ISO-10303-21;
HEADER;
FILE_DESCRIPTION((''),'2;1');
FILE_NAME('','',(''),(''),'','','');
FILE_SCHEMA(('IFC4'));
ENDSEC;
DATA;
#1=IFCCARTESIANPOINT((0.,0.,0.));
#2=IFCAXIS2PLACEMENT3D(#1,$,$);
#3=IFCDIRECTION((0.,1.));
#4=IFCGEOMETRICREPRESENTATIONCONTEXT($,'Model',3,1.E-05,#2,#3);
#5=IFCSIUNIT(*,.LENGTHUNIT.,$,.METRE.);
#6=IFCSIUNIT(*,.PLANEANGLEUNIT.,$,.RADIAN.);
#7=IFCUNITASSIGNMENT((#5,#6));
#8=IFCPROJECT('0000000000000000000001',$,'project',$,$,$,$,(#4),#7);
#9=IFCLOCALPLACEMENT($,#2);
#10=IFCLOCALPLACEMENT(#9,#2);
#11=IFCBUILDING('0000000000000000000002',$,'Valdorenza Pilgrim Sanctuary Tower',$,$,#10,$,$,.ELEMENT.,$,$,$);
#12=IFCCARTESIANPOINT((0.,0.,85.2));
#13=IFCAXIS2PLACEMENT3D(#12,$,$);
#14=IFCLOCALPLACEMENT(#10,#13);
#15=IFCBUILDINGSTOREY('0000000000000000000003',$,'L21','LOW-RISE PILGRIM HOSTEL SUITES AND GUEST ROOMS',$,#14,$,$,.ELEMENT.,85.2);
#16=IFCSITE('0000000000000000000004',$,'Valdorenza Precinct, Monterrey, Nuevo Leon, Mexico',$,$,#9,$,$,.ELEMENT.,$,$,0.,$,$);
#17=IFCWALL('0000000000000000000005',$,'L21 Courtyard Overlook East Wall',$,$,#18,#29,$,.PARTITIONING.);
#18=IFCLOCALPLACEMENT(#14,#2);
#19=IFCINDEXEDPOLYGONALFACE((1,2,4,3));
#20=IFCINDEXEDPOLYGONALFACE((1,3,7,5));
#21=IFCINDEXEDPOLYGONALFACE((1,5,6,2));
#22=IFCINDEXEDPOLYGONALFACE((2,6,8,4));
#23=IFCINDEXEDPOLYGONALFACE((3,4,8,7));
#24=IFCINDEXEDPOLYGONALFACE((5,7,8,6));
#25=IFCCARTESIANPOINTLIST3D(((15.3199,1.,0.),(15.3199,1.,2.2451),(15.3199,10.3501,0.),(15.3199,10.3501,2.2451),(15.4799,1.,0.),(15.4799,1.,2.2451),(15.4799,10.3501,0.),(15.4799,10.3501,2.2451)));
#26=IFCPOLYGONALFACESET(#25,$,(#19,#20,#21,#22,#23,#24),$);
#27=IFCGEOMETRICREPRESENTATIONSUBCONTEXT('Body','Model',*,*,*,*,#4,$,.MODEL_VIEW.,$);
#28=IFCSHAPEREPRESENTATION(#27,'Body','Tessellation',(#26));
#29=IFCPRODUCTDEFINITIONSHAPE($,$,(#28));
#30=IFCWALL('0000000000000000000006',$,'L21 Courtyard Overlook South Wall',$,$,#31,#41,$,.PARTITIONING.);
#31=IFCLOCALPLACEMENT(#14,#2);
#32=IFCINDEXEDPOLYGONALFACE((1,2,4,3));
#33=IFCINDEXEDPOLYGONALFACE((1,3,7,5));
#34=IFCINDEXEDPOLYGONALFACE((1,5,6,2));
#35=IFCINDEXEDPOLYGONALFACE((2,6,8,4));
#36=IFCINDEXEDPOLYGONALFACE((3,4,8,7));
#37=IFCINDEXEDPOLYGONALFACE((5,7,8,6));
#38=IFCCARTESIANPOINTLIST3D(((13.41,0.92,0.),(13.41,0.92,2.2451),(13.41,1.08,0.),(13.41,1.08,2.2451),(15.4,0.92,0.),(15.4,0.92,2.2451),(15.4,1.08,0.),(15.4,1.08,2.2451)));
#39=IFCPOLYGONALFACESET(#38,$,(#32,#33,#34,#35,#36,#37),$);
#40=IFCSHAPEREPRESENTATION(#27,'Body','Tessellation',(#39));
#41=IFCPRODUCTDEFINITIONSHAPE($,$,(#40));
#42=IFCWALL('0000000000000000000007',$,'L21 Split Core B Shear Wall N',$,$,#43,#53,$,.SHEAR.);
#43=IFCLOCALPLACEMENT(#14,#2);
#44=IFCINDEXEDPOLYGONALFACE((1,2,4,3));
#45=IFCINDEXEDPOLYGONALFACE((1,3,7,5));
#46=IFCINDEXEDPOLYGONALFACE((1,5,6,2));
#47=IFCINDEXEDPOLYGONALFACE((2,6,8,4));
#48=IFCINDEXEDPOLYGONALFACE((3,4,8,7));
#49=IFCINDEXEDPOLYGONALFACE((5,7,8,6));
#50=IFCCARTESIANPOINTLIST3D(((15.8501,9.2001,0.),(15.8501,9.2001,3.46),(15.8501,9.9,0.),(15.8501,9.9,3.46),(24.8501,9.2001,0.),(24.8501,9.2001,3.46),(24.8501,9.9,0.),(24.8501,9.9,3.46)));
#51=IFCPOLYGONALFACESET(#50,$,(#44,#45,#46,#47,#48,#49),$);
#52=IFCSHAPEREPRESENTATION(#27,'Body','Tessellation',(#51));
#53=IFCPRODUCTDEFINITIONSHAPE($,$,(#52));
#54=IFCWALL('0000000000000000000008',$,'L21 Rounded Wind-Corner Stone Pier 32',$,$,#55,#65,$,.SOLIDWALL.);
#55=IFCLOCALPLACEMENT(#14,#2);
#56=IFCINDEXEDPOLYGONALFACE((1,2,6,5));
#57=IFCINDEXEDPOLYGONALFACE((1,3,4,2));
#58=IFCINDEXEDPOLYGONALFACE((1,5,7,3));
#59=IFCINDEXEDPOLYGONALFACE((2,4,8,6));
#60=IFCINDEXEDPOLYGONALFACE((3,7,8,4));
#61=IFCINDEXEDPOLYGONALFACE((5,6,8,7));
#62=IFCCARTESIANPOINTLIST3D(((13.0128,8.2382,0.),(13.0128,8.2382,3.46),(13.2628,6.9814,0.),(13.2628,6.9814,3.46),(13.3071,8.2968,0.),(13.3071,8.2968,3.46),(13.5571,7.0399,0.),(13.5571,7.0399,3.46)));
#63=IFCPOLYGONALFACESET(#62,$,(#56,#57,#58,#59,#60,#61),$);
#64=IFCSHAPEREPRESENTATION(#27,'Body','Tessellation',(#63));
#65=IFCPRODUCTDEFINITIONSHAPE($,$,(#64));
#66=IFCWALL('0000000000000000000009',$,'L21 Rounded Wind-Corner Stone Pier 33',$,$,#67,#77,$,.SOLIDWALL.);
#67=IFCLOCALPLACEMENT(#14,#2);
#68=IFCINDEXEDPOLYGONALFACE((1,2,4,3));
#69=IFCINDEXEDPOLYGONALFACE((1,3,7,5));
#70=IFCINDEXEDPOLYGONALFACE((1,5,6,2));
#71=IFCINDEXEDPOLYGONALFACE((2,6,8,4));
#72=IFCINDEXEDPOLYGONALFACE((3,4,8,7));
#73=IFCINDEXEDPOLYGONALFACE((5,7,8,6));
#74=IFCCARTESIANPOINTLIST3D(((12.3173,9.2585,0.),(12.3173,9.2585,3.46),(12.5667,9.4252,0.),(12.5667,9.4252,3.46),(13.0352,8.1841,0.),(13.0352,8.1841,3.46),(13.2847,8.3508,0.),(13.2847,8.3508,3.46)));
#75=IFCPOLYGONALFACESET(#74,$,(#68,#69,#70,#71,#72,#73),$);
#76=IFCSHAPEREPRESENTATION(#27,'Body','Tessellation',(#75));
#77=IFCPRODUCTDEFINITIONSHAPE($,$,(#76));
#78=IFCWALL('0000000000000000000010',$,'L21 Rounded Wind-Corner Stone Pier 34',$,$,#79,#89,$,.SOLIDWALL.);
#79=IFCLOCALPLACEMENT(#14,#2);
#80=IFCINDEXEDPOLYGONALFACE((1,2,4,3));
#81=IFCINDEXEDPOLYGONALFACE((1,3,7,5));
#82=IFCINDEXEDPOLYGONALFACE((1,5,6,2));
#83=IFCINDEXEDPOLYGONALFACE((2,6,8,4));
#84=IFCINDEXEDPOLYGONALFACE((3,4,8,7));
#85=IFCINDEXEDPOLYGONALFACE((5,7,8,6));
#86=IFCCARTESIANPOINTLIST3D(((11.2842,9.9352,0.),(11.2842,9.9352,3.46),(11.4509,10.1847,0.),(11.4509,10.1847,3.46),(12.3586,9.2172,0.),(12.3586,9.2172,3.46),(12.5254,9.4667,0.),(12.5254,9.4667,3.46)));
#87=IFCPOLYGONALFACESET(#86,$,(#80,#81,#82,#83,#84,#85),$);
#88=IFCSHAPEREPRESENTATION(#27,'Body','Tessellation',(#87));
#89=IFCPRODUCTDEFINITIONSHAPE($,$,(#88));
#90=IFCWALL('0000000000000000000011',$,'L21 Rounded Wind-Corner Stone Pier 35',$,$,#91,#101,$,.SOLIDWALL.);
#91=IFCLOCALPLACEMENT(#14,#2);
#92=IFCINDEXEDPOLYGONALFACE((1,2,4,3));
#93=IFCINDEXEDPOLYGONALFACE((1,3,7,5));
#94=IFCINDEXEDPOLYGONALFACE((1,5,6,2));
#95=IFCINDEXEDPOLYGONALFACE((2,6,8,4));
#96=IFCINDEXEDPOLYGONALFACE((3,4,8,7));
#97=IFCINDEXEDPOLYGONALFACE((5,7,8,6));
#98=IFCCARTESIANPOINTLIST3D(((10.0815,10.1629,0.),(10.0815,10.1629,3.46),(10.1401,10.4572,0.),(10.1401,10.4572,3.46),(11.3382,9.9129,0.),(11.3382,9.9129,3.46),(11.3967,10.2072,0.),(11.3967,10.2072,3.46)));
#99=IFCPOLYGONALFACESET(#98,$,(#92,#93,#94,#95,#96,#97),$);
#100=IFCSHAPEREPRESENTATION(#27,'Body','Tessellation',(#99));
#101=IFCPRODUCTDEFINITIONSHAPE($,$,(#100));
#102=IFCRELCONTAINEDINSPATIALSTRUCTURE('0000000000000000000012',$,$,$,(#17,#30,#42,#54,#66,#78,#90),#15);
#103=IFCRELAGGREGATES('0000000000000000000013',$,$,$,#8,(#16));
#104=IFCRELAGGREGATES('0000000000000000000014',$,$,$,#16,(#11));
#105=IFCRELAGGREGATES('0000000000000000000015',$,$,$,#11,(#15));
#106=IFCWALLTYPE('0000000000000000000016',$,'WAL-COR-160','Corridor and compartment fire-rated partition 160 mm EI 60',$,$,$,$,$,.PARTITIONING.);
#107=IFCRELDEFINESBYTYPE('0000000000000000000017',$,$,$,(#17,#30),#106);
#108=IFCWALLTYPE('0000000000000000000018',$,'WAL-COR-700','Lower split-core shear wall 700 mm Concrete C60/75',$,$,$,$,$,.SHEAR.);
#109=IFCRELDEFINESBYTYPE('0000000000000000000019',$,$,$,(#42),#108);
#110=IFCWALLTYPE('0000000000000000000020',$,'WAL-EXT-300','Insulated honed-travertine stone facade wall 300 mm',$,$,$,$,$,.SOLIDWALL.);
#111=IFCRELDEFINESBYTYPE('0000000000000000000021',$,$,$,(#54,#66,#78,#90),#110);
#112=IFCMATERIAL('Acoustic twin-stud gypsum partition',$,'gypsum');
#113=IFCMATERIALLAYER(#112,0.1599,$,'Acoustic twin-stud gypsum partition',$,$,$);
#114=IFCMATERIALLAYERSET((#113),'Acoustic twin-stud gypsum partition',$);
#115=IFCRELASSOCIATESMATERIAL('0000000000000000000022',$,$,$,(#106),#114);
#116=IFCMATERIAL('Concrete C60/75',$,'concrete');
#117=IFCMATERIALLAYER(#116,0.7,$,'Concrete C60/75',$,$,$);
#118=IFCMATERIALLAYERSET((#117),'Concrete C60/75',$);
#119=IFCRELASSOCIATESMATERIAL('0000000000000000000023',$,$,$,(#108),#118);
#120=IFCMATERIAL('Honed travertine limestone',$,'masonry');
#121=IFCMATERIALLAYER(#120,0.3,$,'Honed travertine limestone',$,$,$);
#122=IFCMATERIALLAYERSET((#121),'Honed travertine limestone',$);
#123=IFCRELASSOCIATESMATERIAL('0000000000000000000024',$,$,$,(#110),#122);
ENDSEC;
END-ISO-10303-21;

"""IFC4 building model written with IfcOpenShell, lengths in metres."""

from ifc_helpers import new_model, si_unit, direction, frame, frame_2d, origin, place, context, subcontext, project, spatial, rectangle, extrude, material, layer, layer_set, type_object, element, save


model = new_model("IFC4")

# Units and contexts
model_context = context("Model", 3, precision=1e-05, world=origin(), true_north=direction((0.0, 1.0)))
body_context = subcontext(model_context, "Body", "Model", "MODEL_VIEW")
ifc_project = project(units=[si_unit("LENGTHUNIT", "METRE"), si_unit("PLANEANGLEUNIT", "RADIAN")], contexts=[model_context])

# Site, building, storey
site_placement = place(None, origin())
site = spatial("IfcSite", under=ifc_project, at=site_placement, Name="Valdorenza Precinct, Monterrey, Nuevo Leon, Mexico", CompositionType="ELEMENT", RefElevation=0.0)
building_placement = place(site_placement, origin())
building = spatial("IfcBuilding", under=site, at=building_placement, Name="Valdorenza Pilgrim Sanctuary Tower", CompositionType="ELEMENT")
storey_placement = place(building_placement, frame((0.0, 0.0, 85.2)))
storey = spatial("IfcBuildingStorey", under=building, at=storey_placement, Name="L21", Description="LOW-RISE PILGRIM HOSTEL SUITES AND GUEST ROOMS", CompositionType="ELEMENT", Elevation=85.2)

# Shared definitions
ifc_material_1 = material(Name="Honed travertine limestone", Category="masonry")

# Shared definitions
ifc_material_2 = material(Name="Acoustic twin-stud gypsum partition", Category="gypsum")
ifc_layer_1 = layer(ifc_material_2, 0.1599, Name="Acoustic twin-stud gypsum partition")
ifc_layer_set_1 = layer_set([ifc_layer_1], Name="Acoustic twin-stud gypsum partition")
wall_type_1 = type_object("IfcWallType", Name="WAL-COR-160", Description="Corridor and compartment fire-rated partition 160 mm EI 60", PredefinedType="PARTITIONING", material=ifc_layer_set_1)

# Walls
wall_1_placement = place(storey_placement, frame((15.3999, 1.0, 0.0), z_axis=(0.0, 0.0, 1.0), x_axis=(0.0, 1.0, 0.0)))
element("IfcWall", 1, at=wall_1_placement, inside=storey, type_object=wall_type_1, Name="L21 Courtyard Overlook East Wall", PredefinedType="PARTITIONING", context=body_context, shape_type="SweptSolid", body=[
    extrude(rectangle(XDim=9.3501, YDim=0.1599, at=frame_2d((4.675, 0.0))), origin(), (0.0, 0.0, 1.0), 2.2451),
])
wall_2_placement = place(storey_placement, frame((13.4099, 1.0, 0.0), z_axis=(0.0, 0.0, 1.0), x_axis=(1.0, 0.0, 0.0)))
element("IfcWall", 2, at=wall_2_placement, inside=storey, type_object=wall_type_1, Name="L21 Courtyard Overlook South Wall", PredefinedType="PARTITIONING", context=body_context, shape_type="SweptSolid", body=[
    extrude(rectangle(XDim=1.99, YDim=0.1599, at=frame_2d((0.9951, 0.0))), origin(), (0.0, 0.0, 1.0), 2.2451),
])
ifc_material_3 = material(Name="Concrete C60/75", Category="concrete")
ifc_layer_2 = layer(ifc_material_3, 0.7, Name="Concrete C60/75")
ifc_layer_set_2 = layer_set([ifc_layer_2], Name="Concrete C60/75")
wall_type_2 = type_object("IfcWallType", Name="WAL-COR-700", Description="Lower split-core shear wall 700 mm Concrete C60/75", PredefinedType="SHEAR", material=ifc_layer_set_2)
wall_3_placement = place(storey_placement, frame((15.8501, 9.55, 0.0), z_axis=(0.0, 0.0, 1.0), x_axis=(1.0, 0.0, 0.0)))
element("IfcWall", 3, at=wall_3_placement, inside=storey, type_object=wall_type_2, Name="L21 Split Core B Shear Wall N", PredefinedType="SHEAR", context=body_context, shape_type="SweptSolid", body=[
    extrude(rectangle(XDim=9.0, YDim=0.7, at=frame_2d((4.5, 0.0))), origin(), (0.0, 0.0, 1.0), 3.46),
])
ifc_layer_3 = layer(ifc_material_1, 0.3, Name="Honed travertine limestone")
ifc_layer_set_3 = layer_set([ifc_layer_3], Name="Honed travertine limestone")
wall_type_3 = type_object("IfcWallType", Name="WAL-EXT-300", Description="Insulated honed-travertine stone facade wall 300 mm", PredefinedType="SOLIDWALL", material=ifc_layer_set_3)
wall_4_placement = place(storey_placement, frame((13.4099, 7.0107, 0.0), z_axis=(0.0, 0.0, 1.0), x_axis=(-0.19509, 0.980785, 0.0)))
element("IfcWall", 4, at=wall_4_placement, inside=storey, type_object=wall_type_3, Name="L21 Rounded Wind-Corner Stone Pier 32", PredefinedType="SOLIDWALL", context=body_context, shape_type="SweptSolid", body=[
    extrude(rectangle(XDim=1.2815, YDim=0.3, at=frame_2d((0.6406, 0.0))), origin(), (0.0, 0.0, 1.0), 3.46),
])
for number, where, z_axis, x_axis, name in (
    (5, (13.1599, 8.2676, 0.0), (0.0, 0.0, 1.0), (-0.555615, 0.831439, 0.0), "L21 Rounded Wind-Corner Stone Pier 33"),
    (6, (12.4419, 9.342, 0.0), (0.0, 0.0, 1.0), (-0.831439, 0.555615, 0.0), "L21 Rounded Wind-Corner Stone Pier 34"),
):
    element("IfcWall", number, at=place(storey_placement, frame(where, z_axis=z_axis, x_axis=x_axis)), inside=storey, type_object=wall_type_3, Name=name, PredefinedType="SOLIDWALL", context=body_context, shape_type="SweptSolid", body=[
        extrude(rectangle(XDim=1.2922, YDim=0.3, at=frame_2d((0.646, 0.0))), origin(), (0.0, 0.0, 1.0), 3.46),
    ])
wall_5_placement = place(storey_placement, frame((11.3674, 10.0601, 0.0), z_axis=(0.0, 0.0, 1.0), x_axis=(-0.980778, 0.195127, 0.0)))
element("IfcWall", 7, at=wall_5_placement, inside=storey, type_object=wall_type_3, Name="L21 Rounded Wind-Corner Stone Pier 35", PredefinedType="SOLIDWALL", context=body_context, shape_type="SweptSolid", body=[
    extrude(rectangle(XDim=1.2812, YDim=0.3, at=frame_2d((0.6406, 0.0))), origin(), (0.0, 0.0, 1.0), 3.46),
])

save(model, "model.ifc")
